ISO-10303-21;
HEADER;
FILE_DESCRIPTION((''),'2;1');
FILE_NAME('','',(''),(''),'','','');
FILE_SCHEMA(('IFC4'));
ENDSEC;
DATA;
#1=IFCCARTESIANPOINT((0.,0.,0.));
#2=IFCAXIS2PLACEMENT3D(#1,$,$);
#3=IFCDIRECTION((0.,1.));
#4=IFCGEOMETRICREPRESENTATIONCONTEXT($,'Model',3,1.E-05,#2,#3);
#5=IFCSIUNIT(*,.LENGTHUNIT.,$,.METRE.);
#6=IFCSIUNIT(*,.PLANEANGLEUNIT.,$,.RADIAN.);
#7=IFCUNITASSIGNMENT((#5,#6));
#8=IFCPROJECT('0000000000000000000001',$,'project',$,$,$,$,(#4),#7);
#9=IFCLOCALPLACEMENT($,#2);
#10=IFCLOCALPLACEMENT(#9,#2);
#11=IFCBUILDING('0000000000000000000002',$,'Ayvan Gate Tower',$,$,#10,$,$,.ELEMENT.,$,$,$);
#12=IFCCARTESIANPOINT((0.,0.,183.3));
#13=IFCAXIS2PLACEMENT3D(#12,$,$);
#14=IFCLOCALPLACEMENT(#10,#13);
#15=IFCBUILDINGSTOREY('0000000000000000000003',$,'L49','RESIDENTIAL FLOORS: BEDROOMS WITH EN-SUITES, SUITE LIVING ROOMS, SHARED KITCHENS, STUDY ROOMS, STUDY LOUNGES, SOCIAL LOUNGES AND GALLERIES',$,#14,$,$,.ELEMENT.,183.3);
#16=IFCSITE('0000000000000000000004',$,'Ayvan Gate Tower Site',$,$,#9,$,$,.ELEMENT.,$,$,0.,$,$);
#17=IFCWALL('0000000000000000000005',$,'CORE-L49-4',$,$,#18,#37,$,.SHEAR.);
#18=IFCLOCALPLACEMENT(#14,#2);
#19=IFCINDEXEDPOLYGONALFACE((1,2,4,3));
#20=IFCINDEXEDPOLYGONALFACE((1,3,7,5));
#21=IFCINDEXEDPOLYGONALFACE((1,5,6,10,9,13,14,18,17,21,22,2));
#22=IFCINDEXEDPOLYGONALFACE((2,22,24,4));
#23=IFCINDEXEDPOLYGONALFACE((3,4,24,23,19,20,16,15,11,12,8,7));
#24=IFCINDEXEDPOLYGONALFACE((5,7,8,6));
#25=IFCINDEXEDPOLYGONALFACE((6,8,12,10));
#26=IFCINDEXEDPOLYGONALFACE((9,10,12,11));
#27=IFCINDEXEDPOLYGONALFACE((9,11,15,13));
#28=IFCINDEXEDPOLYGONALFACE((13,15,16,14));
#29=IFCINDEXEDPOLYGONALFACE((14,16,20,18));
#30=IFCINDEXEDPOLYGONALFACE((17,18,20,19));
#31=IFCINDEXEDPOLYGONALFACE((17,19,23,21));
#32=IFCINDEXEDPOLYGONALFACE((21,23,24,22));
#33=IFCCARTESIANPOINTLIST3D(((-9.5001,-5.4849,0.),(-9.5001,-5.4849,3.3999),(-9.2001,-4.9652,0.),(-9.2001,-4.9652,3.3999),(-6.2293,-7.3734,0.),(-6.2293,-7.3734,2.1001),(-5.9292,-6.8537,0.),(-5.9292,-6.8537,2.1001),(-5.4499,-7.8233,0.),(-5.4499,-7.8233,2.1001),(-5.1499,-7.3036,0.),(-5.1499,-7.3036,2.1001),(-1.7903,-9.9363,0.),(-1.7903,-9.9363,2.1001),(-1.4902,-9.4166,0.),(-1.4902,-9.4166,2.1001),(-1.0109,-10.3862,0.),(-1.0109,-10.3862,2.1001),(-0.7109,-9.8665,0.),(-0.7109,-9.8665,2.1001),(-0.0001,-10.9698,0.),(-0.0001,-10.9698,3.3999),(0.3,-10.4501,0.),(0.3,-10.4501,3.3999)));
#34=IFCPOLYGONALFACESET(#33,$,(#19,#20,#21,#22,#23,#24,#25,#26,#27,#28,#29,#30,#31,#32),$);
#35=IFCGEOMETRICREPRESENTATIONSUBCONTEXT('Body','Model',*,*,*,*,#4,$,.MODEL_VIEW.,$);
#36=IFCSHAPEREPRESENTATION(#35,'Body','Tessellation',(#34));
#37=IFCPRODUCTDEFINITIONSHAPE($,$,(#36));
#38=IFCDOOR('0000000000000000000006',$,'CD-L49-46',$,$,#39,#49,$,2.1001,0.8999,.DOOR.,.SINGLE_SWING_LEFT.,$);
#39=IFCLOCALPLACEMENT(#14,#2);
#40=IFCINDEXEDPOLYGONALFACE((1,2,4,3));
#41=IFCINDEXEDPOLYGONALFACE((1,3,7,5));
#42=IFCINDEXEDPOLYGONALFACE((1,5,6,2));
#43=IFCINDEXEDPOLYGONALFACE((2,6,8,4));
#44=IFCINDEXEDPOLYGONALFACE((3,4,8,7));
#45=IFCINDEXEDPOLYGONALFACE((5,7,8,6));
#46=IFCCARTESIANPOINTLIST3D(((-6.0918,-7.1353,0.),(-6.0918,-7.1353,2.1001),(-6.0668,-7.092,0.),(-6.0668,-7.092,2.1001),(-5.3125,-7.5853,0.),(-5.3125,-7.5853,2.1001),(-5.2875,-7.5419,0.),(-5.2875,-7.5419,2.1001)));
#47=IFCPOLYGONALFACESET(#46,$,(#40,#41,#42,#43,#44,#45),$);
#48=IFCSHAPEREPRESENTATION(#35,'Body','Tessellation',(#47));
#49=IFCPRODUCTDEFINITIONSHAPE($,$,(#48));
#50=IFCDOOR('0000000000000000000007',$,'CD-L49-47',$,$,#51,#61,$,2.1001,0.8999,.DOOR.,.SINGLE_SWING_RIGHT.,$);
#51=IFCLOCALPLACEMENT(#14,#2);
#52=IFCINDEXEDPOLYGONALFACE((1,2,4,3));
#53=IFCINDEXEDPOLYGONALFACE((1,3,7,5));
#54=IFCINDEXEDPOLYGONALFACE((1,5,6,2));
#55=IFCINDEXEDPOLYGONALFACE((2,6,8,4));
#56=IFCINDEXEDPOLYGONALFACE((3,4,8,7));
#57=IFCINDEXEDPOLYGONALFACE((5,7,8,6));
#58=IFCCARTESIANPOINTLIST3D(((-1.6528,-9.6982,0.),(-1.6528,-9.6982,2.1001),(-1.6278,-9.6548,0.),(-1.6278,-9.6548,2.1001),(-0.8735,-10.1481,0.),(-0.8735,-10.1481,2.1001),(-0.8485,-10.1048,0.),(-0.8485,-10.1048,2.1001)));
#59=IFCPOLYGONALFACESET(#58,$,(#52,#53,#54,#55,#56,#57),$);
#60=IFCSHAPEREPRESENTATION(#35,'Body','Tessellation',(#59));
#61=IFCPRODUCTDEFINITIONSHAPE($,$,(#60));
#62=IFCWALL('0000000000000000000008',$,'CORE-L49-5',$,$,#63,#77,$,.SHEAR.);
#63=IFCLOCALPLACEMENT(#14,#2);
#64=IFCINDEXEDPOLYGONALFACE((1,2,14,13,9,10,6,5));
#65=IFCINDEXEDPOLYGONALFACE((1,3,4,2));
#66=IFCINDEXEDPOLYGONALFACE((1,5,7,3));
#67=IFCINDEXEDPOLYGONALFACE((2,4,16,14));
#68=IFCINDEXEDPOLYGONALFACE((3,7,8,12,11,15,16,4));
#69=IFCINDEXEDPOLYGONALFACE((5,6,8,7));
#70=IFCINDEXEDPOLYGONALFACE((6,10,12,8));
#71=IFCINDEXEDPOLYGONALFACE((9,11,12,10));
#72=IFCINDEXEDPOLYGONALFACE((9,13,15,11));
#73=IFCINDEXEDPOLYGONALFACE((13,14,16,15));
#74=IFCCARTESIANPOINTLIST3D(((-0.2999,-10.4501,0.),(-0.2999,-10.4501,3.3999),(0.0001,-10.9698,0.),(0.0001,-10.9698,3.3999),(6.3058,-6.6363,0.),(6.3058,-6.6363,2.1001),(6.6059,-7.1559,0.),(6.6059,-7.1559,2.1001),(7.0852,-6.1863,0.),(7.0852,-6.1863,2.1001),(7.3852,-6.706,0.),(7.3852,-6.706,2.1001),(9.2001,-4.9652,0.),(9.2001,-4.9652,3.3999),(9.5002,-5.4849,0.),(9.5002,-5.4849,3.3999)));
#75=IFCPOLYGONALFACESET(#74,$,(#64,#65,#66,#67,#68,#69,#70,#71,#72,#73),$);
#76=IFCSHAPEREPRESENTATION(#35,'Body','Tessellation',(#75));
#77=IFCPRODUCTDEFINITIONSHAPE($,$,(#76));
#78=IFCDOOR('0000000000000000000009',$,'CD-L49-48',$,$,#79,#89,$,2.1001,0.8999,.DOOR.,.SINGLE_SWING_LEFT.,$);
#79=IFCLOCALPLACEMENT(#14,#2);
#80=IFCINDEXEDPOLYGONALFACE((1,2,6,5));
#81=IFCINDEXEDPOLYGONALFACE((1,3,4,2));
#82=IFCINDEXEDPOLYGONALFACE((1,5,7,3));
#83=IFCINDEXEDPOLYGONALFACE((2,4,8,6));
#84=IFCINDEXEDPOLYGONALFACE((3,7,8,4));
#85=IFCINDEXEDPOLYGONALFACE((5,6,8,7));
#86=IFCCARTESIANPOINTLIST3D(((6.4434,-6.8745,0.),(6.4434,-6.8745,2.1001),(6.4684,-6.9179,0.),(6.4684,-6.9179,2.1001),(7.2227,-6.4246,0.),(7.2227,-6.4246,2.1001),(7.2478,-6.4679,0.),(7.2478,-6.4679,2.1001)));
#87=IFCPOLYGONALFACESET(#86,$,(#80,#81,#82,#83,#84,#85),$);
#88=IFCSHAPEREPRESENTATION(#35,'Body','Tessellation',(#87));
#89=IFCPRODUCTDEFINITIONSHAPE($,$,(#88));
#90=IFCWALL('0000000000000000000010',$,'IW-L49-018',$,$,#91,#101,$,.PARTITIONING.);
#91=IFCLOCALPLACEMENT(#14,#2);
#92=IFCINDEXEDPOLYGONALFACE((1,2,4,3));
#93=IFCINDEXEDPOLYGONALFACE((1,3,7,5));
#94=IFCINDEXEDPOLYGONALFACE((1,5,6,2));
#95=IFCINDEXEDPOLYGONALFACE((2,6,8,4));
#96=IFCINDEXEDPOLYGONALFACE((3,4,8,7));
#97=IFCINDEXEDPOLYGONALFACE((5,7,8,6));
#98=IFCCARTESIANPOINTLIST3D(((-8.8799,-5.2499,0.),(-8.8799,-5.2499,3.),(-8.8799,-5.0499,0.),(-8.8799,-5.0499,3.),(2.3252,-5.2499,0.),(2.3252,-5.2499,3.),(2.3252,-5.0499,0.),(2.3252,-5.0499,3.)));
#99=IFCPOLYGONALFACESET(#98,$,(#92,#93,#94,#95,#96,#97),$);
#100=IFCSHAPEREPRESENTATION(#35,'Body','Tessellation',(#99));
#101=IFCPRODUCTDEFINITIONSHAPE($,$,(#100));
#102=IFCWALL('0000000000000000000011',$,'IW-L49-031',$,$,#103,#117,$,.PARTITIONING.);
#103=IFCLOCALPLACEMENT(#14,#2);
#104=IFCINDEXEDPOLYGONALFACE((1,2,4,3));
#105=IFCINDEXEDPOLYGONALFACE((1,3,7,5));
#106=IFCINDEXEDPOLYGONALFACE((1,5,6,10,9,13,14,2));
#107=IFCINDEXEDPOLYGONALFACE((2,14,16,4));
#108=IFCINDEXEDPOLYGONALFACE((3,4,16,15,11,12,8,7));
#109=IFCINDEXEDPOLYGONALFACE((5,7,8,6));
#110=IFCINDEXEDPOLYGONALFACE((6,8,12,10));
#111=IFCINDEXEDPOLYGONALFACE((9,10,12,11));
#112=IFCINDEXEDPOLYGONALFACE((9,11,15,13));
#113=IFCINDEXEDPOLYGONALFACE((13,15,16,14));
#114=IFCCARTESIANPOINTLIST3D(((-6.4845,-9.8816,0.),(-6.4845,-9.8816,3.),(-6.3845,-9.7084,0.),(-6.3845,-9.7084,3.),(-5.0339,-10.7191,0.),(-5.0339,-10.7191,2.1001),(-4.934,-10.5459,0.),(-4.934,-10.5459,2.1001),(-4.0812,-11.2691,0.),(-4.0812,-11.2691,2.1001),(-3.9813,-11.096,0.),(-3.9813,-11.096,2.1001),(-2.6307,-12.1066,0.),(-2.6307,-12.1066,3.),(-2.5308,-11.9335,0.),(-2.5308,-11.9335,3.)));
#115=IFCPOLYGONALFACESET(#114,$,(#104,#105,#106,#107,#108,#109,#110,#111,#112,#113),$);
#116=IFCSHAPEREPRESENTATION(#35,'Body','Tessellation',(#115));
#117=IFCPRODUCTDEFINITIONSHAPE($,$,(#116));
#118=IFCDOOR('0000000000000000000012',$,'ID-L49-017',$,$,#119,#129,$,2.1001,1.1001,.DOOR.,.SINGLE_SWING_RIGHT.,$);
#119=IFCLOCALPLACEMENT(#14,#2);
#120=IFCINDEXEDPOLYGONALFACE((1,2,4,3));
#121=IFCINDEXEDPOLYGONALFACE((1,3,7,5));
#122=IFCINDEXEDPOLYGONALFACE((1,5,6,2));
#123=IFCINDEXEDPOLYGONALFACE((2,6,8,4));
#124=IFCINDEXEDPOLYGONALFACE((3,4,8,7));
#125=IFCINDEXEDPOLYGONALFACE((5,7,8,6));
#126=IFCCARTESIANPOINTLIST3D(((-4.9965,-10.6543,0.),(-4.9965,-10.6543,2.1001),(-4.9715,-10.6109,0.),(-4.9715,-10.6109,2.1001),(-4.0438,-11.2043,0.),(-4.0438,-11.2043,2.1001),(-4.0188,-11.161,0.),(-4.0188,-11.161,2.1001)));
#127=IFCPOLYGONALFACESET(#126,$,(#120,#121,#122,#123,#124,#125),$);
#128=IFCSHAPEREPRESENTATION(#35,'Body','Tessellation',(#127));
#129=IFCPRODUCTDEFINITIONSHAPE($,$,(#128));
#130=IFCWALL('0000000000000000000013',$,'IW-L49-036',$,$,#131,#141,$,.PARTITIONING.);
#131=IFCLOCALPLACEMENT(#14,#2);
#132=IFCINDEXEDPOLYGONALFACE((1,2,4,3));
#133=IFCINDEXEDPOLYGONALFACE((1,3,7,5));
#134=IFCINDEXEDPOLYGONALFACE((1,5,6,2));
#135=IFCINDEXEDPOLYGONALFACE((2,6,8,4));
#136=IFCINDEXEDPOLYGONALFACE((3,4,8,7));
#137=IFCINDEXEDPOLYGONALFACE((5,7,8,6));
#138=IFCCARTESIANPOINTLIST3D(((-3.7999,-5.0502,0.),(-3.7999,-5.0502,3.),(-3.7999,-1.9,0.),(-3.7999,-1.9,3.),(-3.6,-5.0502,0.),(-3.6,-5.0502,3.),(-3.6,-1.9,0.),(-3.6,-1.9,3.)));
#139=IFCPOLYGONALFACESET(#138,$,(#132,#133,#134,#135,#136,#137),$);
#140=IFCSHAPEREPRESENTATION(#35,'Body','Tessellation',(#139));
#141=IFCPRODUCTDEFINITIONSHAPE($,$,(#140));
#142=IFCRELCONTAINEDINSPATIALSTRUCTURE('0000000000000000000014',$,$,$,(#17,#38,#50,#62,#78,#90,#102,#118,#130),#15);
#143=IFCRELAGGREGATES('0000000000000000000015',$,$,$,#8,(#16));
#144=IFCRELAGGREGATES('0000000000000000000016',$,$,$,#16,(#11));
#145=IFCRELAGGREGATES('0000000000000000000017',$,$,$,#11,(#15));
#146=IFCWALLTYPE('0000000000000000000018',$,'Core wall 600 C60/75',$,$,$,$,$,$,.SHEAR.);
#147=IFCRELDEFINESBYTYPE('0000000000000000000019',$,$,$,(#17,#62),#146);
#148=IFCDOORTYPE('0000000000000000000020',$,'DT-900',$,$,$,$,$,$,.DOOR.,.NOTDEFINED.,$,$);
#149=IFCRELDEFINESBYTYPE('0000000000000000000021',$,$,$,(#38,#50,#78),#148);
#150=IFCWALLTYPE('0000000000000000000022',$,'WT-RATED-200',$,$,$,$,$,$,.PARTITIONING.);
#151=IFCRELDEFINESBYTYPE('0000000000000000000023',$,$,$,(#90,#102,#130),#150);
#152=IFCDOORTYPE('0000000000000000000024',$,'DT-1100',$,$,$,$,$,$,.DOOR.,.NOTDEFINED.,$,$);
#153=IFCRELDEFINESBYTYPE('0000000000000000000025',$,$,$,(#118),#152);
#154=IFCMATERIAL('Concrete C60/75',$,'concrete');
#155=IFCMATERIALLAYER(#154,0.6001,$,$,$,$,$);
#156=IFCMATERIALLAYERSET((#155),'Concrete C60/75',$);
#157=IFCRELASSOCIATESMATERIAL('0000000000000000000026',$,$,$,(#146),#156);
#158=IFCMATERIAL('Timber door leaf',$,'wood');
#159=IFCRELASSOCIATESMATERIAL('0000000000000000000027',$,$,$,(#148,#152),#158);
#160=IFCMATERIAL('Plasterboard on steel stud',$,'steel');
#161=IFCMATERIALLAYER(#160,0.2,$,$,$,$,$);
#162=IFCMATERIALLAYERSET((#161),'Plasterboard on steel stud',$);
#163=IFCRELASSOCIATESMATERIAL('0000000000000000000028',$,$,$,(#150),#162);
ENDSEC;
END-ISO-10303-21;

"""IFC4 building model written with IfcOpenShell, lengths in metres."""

from ifc_helpers import new_model, si_unit, direction, frame, frame_2d, origin, place, context, subcontext, project, spatial, rectangle, extrude, material, layer, layer_set, type_object, element, fill, save


model = new_model("IFC4")

# Units and contexts
model_context = context("Model", 3, precision=1e-05, world=origin(), true_north=direction((0.0, 1.0)))
body_context = subcontext(model_context, "Body", "Model", "MODEL_VIEW")
ifc_project = project(units=[si_unit("LENGTHUNIT", "METRE"), si_unit("PLANEANGLEUNIT", "RADIAN")], contexts=[model_context])

# Site, building, storey
site_placement = place(None, origin())
site = spatial("IfcSite", under=ifc_project, at=site_placement, Name="Ayvan Gate Tower Site", CompositionType="ELEMENT", RefElevation=0.0)
building_placement = place(site_placement, origin())
building = spatial("IfcBuilding", under=site, at=building_placement, Name="Ayvan Gate Tower", CompositionType="ELEMENT")
storey_placement = place(building_placement, frame((0.0, 0.0, 183.3)))
storey = spatial("IfcBuildingStorey", under=building, at=storey_placement, Name="L49", Description="RESIDENTIAL FLOORS: BEDROOMS WITH EN-SUITES, SUITE LIVING ROOMS, SHARED KITCHENS, STUDY ROOMS, STUDY LOUNGES, SOCIAL LOUNGES AND GALLERIES", CompositionType="ELEMENT", Elevation=183.3)

# Wall, openings, doors
ifc_material_1 = material(Name="Concrete C60/75", Category="concrete")
ifc_layer_1 = layer(ifc_material_1, 0.6001)
ifc_layer_set_1 = layer_set([ifc_layer_1], Name="Concrete C60/75")
wall_type_1 = type_object("IfcWallType", Name="Core wall 600 C60/75", PredefinedType="SHEAR", material=ifc_layer_set_1)
wall_1_placement = place(storey_placement, frame((-9.3501, -5.2251, 0.0), z_axis=(0.0, 0.0, 1.0), x_axis=(0.866024, -0.500002, 0.0)))
wall_1 = element("IfcWall", 1, at=wall_1_placement, inside=storey, type_object=wall_type_1, Name="CORE-L49-4", PredefinedType="SHEAR", context=body_context, shape_type="SweptSolid", body=[
    extrude(rectangle(XDim=10.9697, YDim=0.6001, at=frame_2d((5.4849, 0.0))), origin(), (0.0, 0.0, 1.0), 3.3999),
])
opening_1_placement = place(wall_1_placement, frame((3.7769, 0.0, 0.0)))
opening_1 = element("IfcOpeningElement", 2, at=opening_1_placement, cuts=wall_1, PredefinedType="OPENING", context=body_context, shape_type="SweptSolid", body=[
    extrude(rectangle(XDim=0.8999, YDim=2.1001, at=frame_2d((0.45, 1.05))), frame((0.0, 0.3101, 0.0), z_axis=(0.0, -1.0, 0.0), x_axis=(1.0, 0.0, 0.0)), (0.0, 0.0, 1.0), 0.6201),
])
opening_2_placement = place(wall_1_placement, frame((8.9026, 0.0, 0.0)))
opening_2 = element("IfcOpeningElement", 3, at=opening_2_placement, cuts=wall_1, PredefinedType="OPENING", context=body_context, shape_type="SweptSolid", body=[
    extrude(rectangle(XDim=0.8999, YDim=2.1001, at=frame_2d((0.45, 1.05))), frame((0.0, 0.3101, 0.0), z_axis=(0.0, -1.0, 0.0), x_axis=(1.0, 0.0, 0.0)), (0.0, 0.0, 1.0), 0.6201),
])
ifc_material_2 = material(Name="Timber door leaf", Category="wood")
door_type_1 = type_object("IfcDoorType", Name="DT-900", OperationType="NOTDEFINED", PredefinedType="DOOR", material=ifc_material_2)
door_1_placement = place(opening_1_placement, origin())
door_1 = element("IfcDoor", 4, at=door_1_placement, inside=storey, type_object=door_type_1, Name="CD-L49-46", OperationType="SINGLE_SWING_LEFT", OverallHeight=2.1001, OverallWidth=0.8999, PredefinedType="DOOR", context=body_context, shape_type="SweptSolid", body=[
    extrude(rectangle(XDim=0.8999, YDim=2.1001, at=frame_2d((0.45, 1.05))), frame((0.0, 0.0249, 0.0), z_axis=(0.0, -1.0, 0.0), x_axis=(1.0, 0.0, 0.0)), (0.0, 0.0, 1.0), 0.05),
])
fill(opening_1, door_1)
door_2_placement = place(opening_2_placement, origin())
door_2 = element("IfcDoor", 5, at=door_2_placement, inside=storey, type_object=door_type_1, Name="CD-L49-47", OperationType="SINGLE_SWING_RIGHT", OverallHeight=2.1001, OverallWidth=0.8999, PredefinedType="DOOR", context=body_context, shape_type="SweptSolid", body=[
    extrude(rectangle(XDim=0.8999, YDim=2.1001, at=frame_2d((0.45, 1.05))), frame((0.0, 0.0249, 0.0), z_axis=(0.0, -1.0, 0.0), x_axis=(1.0, 0.0, 0.0)), (0.0, 0.0, 1.0), 0.05),
])
fill(opening_2, door_2)

# Wall, opening, door
wall_2_placement = place(storey_placement, frame((-0.1499, -10.71, 0.0), z_axis=(0.0, 0.0, 1.0), x_axis=(0.866024, 0.500002, 0.0)))
wall_2 = element("IfcWall", 6, at=wall_2_placement, inside=storey, type_object=wall_type_1, Name="CORE-L49-5", PredefinedType="SHEAR", context=body_context, shape_type="SweptSolid", body=[
    extrude(rectangle(XDim=10.9697, YDim=0.6001, at=frame_2d((5.4849, 0.0))), origin(), (0.0, 0.0, 1.0), 3.3999),
])
opening_3_placement = place(wall_2_placement, frame((7.6277, 0.0, 0.0)))
opening_3 = element("IfcOpeningElement", 7, at=opening_3_placement, cuts=wall_2, PredefinedType="OPENING", context=body_context, shape_type="SweptSolid", body=[
    extrude(rectangle(XDim=0.8999, YDim=2.1001, at=frame_2d((0.45, 1.05))), frame((0.0, 0.3101, 0.0), z_axis=(0.0, -1.0, 0.0), x_axis=(1.0, 0.0, 0.0)), (0.0, 0.0, 1.0), 0.6201),
])
door_3_placement = place(opening_3_placement, origin())
door_3 = element("IfcDoor", 8, at=door_3_placement, inside=storey, type_object=door_type_1, Name="CD-L49-48", OperationType="SINGLE_SWING_LEFT", OverallHeight=2.1001, OverallWidth=0.8999, PredefinedType="DOOR", context=body_context, shape_type="SweptSolid", body=[
    extrude(rectangle(XDim=0.8999, YDim=2.1001, at=frame_2d((0.45, 1.05))), frame((0.0, 0.0249, 0.0), z_axis=(0.0, -1.0, 0.0), x_axis=(1.0, 0.0, 0.0)), (0.0, 0.0, 1.0), 0.05),
])
fill(opening_3, door_3)

# Wall
ifc_material_3 = material(Name="Plasterboard on steel stud", Category="steel")
ifc_layer_2 = layer(ifc_material_3, 0.2)
ifc_layer_set_2 = layer_set([ifc_layer_2], Name="Plasterboard on steel stud")
wall_type_2 = type_object("IfcWallType", Name="WT-RATED-200", PredefinedType="PARTITIONING", material=ifc_layer_set_2)
wall_3_placement = place(storey_placement, frame((-8.8799, -5.1499, 0.0), z_axis=(0.0, 0.0, 1.0), x_axis=(1.0, 0.0, 0.0)))
element("IfcWall", 9, at=wall_3_placement, inside=storey, type_object=wall_type_2, Name="IW-L49-018", PredefinedType="PARTITIONING", context=body_context, shape_type="SweptSolid", body=[
    extrude(rectangle(XDim=11.2051, YDim=0.2, at=frame_2d((5.6025, 0.0))), origin(), (0.0, 0.0, 1.0), 3.0),
])

# Wall, opening, door
wall_4_placement = place(storey_placement, frame((-6.4346, -9.7949, 0.0), z_axis=(0.0, 0.0, 1.0), x_axis=(0.866013, -0.500022, 0.0)))
wall_4 = element("IfcWall", 10, at=wall_4_placement, inside=storey, type_object=wall_type_2, Name="IW-L49-031", PredefinedType="PARTITIONING", context=body_context, shape_type="SweptSolid", body=[
    extrude(rectangle(XDim=4.45, YDim=0.2, at=frame_2d((2.2251, 0.0))), origin(), (0.0, 0.0, 1.0), 3.0),
])
opening_4_placement = place(wall_4_placement, frame((1.675, 0.0, 0.0)))
opening_4 = element("IfcOpeningElement", 11, at=opening_4_placement, cuts=wall_4, PredefinedType="OPENING", context=body_context, shape_type="SweptSolid", body=[
    extrude(rectangle(XDim=1.1001, YDim=2.1001, at=frame_2d((0.55, 1.05))), frame((0.0, 0.1099, 0.0), z_axis=(0.0, -1.0, 0.0), x_axis=(1.0, 0.0, 0.0)), (0.0, 0.0, 1.0), 0.22),
])
door_type_2 = type_object("IfcDoorType", Name="DT-1100", OperationType="NOTDEFINED", PredefinedType="DOOR", material=ifc_material_2)
door_4_placement = place(opening_4_placement, origin())
door_4 = element("IfcDoor", 12, at=door_4_placement, inside=storey, type_object=door_type_2, Name="ID-L49-017", OperationType="SINGLE_SWING_RIGHT", OverallHeight=2.1001, OverallWidth=1.1001, PredefinedType="DOOR", context=body_context, shape_type="SweptSolid", body=[
    extrude(rectangle(XDim=1.1001, YDim=2.1001, at=frame_2d((0.55, 1.05))), frame((0.0, 0.0249, 0.0), z_axis=(0.0, -1.0, 0.0), x_axis=(1.0, 0.0, 0.0)), (0.0, 0.0, 1.0), 0.05),
])
fill(opening_4, door_4)

# Wall
wall_5_placement = place(storey_placement, frame((-3.7, -1.8999, 0.0), z_axis=(0.0, 0.0, 1.0), x_axis=(0.0, -1.0, 0.0)))
element("IfcWall", 13, at=wall_5_placement, inside=storey, type_object=wall_type_2, Name="IW-L49-036", PredefinedType="PARTITIONING", context=body_context, shape_type="SweptSolid", body=[
    extrude(rectangle(XDim=3.1501, YDim=0.2, at=frame_2d((1.5752, 0.0))), origin(), (0.0, 0.0, 1.0), 3.0),
])

save(model, "model.ifc")
